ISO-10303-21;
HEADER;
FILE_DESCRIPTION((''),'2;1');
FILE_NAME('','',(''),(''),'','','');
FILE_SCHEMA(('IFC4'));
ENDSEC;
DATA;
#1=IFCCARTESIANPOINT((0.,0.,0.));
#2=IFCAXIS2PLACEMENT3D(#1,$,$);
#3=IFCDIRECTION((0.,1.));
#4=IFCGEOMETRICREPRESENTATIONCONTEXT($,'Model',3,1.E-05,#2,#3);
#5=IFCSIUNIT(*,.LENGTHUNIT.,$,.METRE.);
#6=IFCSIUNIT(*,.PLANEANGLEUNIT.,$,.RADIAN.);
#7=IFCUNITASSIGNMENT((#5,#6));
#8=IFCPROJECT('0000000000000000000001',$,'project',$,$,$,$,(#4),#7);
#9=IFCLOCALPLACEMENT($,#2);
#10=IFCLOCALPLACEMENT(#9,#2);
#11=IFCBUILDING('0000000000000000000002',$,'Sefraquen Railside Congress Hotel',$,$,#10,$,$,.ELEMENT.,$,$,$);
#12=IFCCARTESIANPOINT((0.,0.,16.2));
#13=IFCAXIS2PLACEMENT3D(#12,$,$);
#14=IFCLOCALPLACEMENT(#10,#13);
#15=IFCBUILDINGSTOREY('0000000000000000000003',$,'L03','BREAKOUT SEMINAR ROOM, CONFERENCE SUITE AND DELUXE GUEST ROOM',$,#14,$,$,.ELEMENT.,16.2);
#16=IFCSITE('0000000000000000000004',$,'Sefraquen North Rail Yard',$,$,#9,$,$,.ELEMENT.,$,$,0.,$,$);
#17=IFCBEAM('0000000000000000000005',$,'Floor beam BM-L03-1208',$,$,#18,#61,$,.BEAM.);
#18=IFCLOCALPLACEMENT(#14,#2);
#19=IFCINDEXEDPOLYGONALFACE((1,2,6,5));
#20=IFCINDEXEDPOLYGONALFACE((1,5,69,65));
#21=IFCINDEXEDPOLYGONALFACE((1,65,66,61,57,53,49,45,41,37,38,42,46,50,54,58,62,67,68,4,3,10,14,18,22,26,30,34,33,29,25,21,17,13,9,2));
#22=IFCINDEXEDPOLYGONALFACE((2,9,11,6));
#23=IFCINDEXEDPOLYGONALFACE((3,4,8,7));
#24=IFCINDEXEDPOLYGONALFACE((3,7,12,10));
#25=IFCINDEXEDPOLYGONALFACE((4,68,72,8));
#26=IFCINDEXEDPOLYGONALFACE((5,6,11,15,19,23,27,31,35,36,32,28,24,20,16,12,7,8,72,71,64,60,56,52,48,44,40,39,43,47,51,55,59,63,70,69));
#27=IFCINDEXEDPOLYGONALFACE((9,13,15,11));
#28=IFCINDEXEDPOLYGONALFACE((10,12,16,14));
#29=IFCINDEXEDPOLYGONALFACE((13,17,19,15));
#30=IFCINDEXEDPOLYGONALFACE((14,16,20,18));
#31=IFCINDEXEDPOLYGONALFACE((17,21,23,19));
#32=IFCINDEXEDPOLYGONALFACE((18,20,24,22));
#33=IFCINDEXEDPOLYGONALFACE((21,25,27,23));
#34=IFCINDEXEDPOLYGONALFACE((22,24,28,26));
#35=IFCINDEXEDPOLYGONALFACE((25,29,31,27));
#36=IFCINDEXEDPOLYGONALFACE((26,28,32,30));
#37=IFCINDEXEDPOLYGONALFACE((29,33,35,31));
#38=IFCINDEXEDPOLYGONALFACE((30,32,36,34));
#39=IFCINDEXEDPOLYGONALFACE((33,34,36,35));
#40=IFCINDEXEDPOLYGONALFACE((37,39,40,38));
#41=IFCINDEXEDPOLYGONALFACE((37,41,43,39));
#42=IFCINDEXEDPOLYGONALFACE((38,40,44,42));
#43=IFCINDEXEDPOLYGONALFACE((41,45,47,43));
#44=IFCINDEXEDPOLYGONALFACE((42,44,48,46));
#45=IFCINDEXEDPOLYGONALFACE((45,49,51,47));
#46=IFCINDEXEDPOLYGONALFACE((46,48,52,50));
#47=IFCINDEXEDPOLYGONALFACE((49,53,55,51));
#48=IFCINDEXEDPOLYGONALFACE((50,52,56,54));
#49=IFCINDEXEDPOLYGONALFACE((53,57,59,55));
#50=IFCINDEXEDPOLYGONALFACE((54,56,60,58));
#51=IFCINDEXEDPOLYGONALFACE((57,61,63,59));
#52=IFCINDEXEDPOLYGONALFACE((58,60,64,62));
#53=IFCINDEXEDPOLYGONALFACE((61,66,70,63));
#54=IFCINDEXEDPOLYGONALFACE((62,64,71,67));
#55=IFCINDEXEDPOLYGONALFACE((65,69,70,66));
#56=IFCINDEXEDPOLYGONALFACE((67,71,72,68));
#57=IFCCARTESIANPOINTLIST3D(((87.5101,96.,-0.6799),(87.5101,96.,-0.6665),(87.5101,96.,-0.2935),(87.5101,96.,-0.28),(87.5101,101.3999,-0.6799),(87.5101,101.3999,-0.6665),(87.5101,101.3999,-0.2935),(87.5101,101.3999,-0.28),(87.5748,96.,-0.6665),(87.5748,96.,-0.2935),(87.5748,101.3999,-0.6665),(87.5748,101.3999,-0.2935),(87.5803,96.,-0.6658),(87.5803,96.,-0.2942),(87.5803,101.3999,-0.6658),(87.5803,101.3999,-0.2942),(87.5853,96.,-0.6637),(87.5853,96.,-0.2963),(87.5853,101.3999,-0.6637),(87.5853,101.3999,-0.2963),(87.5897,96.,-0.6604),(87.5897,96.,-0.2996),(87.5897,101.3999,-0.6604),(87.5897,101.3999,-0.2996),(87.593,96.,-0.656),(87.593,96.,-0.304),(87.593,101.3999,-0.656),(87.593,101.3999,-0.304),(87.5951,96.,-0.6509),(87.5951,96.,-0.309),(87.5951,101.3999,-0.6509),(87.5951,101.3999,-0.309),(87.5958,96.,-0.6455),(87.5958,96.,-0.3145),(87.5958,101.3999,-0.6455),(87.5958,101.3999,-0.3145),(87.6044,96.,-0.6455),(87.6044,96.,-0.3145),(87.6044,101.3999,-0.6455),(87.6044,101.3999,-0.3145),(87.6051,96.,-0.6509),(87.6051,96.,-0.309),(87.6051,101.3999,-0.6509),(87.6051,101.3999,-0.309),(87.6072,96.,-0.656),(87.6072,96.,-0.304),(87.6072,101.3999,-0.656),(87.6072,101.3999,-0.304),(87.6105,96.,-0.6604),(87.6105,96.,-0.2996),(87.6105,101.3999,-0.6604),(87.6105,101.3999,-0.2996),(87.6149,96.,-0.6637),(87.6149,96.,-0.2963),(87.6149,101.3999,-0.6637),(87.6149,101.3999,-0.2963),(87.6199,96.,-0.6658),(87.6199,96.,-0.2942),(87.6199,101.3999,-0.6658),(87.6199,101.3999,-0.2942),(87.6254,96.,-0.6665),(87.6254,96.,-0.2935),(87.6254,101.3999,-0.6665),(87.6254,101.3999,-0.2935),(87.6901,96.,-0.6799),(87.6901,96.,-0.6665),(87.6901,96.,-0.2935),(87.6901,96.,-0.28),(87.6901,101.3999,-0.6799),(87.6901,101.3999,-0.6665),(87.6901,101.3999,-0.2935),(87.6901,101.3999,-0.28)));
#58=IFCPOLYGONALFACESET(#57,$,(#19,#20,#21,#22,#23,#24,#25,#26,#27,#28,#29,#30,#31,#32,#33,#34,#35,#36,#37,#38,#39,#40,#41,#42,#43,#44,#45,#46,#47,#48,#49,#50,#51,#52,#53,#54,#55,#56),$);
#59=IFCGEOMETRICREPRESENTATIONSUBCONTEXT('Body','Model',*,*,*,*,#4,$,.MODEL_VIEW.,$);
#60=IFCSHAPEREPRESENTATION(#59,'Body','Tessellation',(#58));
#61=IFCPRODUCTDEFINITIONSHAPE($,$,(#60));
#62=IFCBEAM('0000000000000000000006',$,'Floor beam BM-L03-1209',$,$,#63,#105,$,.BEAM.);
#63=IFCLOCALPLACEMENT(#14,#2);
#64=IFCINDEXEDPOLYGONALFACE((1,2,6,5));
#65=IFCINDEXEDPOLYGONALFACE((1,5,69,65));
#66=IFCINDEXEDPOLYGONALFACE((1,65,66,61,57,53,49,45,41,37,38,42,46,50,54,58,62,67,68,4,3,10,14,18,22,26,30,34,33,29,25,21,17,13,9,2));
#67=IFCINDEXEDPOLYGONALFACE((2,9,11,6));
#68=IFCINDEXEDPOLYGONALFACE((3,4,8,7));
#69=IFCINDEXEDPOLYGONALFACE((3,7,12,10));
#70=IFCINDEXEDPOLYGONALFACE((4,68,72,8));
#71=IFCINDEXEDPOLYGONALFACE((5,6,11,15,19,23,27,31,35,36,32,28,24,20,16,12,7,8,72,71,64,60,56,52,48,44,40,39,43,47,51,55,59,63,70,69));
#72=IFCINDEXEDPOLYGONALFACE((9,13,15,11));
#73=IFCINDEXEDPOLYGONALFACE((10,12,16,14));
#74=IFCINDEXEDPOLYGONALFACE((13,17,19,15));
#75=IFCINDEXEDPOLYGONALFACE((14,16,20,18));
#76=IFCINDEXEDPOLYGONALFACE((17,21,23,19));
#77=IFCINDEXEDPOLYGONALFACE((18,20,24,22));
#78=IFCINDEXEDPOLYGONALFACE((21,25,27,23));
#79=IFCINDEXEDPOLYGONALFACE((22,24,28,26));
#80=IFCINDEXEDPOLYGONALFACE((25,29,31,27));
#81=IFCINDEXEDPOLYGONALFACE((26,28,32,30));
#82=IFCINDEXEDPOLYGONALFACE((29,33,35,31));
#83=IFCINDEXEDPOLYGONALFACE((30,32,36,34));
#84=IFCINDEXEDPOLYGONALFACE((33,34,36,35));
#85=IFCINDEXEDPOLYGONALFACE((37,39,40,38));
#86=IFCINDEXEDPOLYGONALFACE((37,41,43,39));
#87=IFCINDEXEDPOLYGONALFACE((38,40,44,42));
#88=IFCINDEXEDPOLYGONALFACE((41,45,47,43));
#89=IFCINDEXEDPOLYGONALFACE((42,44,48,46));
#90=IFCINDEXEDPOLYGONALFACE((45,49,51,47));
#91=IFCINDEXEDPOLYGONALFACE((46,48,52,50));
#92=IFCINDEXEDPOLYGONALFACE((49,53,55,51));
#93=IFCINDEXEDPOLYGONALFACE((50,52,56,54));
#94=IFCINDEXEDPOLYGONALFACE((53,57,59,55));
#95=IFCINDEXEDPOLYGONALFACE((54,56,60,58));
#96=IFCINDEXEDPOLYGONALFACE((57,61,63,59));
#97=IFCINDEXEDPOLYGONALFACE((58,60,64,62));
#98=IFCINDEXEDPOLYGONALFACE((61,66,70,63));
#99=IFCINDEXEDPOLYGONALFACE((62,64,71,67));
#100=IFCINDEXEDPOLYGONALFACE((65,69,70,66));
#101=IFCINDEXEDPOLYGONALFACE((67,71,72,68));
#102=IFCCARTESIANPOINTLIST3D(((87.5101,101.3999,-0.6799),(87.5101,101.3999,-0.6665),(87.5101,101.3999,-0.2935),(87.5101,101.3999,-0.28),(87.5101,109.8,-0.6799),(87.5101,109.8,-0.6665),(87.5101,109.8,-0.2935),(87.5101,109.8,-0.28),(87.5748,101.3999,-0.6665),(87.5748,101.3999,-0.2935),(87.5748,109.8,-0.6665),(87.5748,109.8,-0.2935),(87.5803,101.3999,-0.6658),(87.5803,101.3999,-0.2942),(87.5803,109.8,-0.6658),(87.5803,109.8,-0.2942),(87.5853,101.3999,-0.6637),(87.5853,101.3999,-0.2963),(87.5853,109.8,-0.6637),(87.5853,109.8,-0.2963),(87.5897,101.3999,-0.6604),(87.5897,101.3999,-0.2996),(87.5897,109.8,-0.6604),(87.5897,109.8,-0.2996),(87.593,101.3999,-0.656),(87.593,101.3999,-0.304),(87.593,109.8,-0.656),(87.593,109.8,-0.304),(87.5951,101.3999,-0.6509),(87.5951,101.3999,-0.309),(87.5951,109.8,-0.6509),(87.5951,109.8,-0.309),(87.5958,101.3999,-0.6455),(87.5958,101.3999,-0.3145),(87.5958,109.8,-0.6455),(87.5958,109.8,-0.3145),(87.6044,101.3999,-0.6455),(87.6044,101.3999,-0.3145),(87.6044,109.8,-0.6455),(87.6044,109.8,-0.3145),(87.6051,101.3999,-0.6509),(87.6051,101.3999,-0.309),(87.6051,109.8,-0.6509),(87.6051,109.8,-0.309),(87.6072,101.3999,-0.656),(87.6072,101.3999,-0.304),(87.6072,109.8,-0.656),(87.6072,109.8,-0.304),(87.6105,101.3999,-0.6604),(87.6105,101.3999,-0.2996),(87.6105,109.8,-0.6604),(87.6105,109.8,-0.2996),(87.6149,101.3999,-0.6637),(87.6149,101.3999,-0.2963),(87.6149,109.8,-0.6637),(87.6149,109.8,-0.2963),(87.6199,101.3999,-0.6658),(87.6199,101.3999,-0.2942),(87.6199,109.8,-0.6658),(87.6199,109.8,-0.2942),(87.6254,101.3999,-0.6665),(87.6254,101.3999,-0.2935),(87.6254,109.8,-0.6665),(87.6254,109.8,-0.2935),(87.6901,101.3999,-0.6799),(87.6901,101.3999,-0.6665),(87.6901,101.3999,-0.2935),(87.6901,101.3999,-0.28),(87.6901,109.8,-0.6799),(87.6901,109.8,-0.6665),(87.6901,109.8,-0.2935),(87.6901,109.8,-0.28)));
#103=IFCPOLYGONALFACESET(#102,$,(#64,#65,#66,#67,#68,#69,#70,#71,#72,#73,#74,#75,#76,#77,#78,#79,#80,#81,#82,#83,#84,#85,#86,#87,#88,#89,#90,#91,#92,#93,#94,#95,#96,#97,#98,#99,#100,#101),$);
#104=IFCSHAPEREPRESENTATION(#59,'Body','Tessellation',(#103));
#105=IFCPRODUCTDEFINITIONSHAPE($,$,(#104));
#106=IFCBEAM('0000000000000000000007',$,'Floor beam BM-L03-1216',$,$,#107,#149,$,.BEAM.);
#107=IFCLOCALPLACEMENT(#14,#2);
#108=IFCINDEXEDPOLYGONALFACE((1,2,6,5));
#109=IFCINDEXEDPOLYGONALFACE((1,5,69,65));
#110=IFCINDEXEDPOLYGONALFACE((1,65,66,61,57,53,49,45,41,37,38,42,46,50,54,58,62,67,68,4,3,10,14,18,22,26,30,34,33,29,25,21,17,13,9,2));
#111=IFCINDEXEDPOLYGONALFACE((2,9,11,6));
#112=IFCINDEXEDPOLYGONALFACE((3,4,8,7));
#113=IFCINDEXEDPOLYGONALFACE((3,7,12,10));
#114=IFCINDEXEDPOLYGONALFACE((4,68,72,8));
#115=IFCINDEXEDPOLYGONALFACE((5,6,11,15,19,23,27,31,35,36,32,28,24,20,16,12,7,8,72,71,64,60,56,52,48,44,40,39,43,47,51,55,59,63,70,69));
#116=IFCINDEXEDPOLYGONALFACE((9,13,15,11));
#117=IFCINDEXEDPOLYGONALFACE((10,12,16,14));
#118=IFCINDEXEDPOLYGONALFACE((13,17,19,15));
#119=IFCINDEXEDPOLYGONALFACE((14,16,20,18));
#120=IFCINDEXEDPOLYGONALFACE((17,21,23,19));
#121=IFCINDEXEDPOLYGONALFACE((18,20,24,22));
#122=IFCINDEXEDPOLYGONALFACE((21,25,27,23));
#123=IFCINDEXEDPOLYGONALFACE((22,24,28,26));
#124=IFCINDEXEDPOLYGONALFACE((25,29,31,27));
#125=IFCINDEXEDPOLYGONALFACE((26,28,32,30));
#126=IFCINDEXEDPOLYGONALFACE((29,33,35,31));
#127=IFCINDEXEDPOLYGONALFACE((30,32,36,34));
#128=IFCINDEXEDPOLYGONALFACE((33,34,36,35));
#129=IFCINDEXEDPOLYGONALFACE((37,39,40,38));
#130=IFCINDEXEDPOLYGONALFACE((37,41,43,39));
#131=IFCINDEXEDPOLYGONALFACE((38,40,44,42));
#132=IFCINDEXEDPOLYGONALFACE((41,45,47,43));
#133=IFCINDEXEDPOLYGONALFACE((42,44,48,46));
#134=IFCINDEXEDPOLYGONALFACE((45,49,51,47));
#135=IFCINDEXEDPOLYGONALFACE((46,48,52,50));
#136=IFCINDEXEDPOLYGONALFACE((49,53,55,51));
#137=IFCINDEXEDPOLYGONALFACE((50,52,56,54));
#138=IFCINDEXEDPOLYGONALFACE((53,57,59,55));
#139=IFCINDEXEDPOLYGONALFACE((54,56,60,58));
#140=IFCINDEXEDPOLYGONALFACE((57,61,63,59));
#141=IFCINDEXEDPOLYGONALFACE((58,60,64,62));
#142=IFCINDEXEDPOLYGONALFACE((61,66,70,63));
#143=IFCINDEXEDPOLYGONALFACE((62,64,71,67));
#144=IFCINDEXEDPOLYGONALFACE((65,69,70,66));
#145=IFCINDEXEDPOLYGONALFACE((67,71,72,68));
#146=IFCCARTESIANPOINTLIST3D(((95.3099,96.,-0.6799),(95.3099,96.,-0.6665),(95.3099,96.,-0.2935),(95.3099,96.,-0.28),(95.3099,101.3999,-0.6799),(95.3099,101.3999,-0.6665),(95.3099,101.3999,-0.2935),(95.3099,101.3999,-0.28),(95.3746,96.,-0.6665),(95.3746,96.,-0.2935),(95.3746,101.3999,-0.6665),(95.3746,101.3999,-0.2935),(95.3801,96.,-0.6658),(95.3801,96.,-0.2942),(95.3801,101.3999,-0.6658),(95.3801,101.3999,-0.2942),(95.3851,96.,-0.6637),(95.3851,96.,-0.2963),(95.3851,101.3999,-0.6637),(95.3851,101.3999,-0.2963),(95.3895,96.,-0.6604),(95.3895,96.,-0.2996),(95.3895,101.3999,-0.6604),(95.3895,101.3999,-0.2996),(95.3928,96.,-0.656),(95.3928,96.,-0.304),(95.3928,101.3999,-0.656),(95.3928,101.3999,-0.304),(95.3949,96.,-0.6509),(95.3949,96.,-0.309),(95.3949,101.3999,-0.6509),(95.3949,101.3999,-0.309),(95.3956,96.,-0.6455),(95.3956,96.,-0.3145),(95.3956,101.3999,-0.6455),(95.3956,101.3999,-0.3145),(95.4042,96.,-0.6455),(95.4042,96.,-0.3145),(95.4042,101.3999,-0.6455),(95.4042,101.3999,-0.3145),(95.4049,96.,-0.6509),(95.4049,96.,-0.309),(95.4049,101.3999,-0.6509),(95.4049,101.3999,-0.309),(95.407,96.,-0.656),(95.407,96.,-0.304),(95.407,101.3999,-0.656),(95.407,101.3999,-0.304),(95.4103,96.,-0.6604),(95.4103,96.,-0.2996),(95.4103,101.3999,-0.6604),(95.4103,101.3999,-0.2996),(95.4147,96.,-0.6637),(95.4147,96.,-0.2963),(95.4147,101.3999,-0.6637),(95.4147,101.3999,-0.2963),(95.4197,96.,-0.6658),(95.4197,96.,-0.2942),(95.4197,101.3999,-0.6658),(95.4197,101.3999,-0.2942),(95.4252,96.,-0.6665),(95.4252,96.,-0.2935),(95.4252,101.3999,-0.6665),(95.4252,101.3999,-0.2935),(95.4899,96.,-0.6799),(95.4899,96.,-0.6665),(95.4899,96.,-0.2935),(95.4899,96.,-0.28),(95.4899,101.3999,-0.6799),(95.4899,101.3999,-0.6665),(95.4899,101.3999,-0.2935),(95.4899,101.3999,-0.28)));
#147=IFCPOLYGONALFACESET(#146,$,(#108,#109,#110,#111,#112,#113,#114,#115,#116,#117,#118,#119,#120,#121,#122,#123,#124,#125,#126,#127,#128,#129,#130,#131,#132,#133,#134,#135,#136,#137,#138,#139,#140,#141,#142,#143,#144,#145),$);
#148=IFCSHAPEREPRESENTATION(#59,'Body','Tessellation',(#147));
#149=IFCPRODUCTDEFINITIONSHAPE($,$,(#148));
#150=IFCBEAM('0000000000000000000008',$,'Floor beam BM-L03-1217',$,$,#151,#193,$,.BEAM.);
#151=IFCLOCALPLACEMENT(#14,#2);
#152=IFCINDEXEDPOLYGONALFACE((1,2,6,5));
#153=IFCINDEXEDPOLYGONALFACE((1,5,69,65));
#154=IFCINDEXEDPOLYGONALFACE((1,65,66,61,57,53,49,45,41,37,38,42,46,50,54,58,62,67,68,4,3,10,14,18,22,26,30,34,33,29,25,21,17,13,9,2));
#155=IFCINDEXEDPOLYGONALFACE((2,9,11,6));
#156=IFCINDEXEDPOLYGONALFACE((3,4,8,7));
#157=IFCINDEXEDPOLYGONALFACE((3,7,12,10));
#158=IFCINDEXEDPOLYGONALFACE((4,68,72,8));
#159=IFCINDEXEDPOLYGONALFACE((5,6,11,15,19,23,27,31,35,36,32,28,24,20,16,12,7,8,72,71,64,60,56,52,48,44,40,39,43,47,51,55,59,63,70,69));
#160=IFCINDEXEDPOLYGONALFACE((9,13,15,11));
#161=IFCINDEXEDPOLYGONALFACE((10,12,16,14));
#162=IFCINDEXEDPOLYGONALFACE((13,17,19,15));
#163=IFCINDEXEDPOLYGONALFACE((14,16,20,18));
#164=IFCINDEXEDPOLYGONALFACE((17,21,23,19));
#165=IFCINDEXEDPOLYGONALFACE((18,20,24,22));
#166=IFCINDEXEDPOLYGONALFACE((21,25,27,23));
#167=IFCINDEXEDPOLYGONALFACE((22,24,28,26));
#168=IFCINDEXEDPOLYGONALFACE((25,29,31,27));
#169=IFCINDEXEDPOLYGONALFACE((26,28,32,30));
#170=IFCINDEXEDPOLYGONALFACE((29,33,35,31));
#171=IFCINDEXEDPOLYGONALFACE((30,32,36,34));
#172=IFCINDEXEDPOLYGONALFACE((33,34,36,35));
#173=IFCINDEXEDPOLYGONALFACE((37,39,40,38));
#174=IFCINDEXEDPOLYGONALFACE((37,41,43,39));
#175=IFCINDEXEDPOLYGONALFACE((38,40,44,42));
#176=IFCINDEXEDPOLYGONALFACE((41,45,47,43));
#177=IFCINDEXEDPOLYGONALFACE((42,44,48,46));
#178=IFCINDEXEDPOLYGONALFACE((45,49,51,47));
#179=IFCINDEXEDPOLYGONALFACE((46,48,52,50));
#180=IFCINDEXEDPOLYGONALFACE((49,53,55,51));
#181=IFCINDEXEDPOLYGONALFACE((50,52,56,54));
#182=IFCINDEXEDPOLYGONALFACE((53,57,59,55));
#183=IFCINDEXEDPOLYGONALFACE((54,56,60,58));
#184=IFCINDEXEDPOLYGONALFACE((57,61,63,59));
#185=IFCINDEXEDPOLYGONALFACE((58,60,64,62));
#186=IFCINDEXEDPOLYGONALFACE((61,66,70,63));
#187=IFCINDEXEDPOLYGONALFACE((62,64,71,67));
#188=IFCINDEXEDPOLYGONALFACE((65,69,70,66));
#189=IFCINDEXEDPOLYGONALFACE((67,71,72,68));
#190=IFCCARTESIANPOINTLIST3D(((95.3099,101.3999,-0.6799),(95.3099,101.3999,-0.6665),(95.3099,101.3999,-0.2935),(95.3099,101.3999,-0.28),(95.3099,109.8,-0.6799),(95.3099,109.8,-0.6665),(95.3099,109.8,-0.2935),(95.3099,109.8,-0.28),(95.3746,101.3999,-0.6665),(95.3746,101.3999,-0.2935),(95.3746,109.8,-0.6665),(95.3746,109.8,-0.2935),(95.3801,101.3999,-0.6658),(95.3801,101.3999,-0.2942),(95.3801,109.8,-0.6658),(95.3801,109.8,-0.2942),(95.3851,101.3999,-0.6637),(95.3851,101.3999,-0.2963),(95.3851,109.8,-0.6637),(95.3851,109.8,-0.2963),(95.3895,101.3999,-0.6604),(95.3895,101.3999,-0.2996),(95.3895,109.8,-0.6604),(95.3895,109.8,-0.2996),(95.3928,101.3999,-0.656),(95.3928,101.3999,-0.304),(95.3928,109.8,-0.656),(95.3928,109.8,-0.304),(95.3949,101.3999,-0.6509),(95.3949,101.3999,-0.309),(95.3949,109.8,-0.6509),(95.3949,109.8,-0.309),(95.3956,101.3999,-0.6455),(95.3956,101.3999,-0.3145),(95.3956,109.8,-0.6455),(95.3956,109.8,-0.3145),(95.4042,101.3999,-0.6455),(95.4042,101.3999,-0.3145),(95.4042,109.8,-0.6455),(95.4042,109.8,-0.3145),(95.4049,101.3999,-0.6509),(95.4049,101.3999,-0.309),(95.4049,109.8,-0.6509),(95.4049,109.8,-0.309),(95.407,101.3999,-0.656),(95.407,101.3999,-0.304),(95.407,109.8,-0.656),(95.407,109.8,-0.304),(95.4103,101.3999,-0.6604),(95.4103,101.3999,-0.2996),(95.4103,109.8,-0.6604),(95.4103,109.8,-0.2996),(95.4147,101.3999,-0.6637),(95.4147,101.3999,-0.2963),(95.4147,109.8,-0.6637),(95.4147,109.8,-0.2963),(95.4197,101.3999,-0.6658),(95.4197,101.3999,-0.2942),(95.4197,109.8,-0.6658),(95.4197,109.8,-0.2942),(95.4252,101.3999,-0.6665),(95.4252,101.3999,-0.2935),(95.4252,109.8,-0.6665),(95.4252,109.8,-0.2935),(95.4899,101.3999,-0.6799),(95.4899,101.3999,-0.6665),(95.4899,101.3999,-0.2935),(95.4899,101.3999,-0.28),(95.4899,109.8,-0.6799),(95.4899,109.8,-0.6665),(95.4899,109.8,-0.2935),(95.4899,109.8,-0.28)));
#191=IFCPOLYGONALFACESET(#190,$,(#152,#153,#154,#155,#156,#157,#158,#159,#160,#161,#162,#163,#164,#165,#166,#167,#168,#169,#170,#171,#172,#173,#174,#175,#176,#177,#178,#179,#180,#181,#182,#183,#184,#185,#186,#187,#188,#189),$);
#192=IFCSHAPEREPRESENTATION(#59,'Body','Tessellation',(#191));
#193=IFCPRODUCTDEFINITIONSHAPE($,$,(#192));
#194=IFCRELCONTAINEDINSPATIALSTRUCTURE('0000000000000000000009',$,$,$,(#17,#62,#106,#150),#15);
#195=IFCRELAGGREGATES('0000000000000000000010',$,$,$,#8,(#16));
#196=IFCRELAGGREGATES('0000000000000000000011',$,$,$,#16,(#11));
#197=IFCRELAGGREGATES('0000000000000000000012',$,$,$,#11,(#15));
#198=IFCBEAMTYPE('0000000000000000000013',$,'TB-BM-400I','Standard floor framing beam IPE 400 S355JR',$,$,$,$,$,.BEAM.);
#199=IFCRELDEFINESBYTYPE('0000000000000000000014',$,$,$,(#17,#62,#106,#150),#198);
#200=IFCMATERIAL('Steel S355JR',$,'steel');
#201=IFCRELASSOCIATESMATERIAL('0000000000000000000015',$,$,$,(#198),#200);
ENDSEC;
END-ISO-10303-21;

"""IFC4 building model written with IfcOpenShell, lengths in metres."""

from ifc_helpers import new_model, si_unit, direction, frame, origin, origin_2d, place, context, subcontext, project, spatial, i_section, extrude, material, material_profile, profile_set, type_object, element, save


model = new_model("IFC4")

# Units and contexts
model_context = context("Model", 3, precision=1e-05, world=origin(), true_north=direction((0.0, 1.0)))
body_context = subcontext(model_context, "Body", "Model", "MODEL_VIEW")
ifc_project = project(units=[si_unit("LENGTHUNIT", "METRE"), si_unit("PLANEANGLEUNIT", "RADIAN")], contexts=[model_context])

# Site, building, storey
site_placement = place(None, origin())
site = spatial("IfcSite", under=ifc_project, at=site_placement, Name="Sefraquen North Rail Yard", CompositionType="ELEMENT", RefElevation=0.0)
building_placement = place(site_placement, origin())
building = spatial("IfcBuilding", under=site, at=building_placement, Name="Sefraquen Railside Congress Hotel", CompositionType="ELEMENT")
storey_placement = place(building_placement, frame((0.0, 0.0, 16.2)))
storey = spatial("IfcBuildingStorey", under=building, at=storey_placement, Name="L03", Description="BREAKOUT SEMINAR ROOM, CONFERENCE SUITE AND DELUXE GUEST ROOM", CompositionType="ELEMENT", Elevation=16.2)

# Shared definitions
ifc_material_1 = material(Name="Steel S355JR", Category="steel")

# Beams
ifc_material_profile_1 = material_profile(ifc_material_1, i_section(OverallWidth=0.1799, OverallDepth=0.3999, WebThickness=0.0085, FlangeThickness=0.0134, FilletRadius=0.021, at=origin_2d()), Name="IPE 400")
ifc_profile_set_1 = profile_set([ifc_material_profile_1], Name="Steel S355JR")
beam_type_1 = type_object("IfcBeamType", Name="TB-BM-400I", Description="Standard floor framing beam IPE 400 S355JR", PredefinedType="BEAM", material=ifc_profile_set_1)
beam_1_placement = place(storey_placement, frame((87.6001, 96.0, -0.48), z_axis=(0.0, 1.0, 0.0), x_axis=(-1.0, 0.0, 0.0)))
element("IfcBeam", 1, at=beam_1_placement, inside=storey, type_object=beam_type_1, Name="Floor beam BM-L03-1208", PredefinedType="BEAM", context=body_context, shape_type="SweptSolid", body=[
    extrude(i_section(OverallWidth=0.1799, OverallDepth=0.3999, WebThickness=0.0085, FlangeThickness=0.0134, FilletRadius=0.021, at=origin_2d()), origin(), (0.0, 0.0, 1.0), 5.3999),
])
beam_2_placement = place(storey_placement, frame((87.6001, 101.3999, -0.48), z_axis=(0.0, 1.0, 0.0), x_axis=(-1.0, 0.0, 0.0)))
element("IfcBeam", 2, at=beam_2_placement, inside=storey, type_object=beam_type_1, Name="Floor beam BM-L03-1209", PredefinedType="BEAM", context=body_context, shape_type="SweptSolid", body=[
    extrude(i_section(OverallWidth=0.1799, OverallDepth=0.3999, WebThickness=0.0085, FlangeThickness=0.0134, FilletRadius=0.021, at=origin_2d()), origin(), (0.0, 0.0, 1.0), 8.4001),
])
beam_3_placement = place(storey_placement, frame((95.3999, 96.0, -0.48), z_axis=(0.0, 1.0, 0.0), x_axis=(-1.0, 0.0, 0.0)))
element("IfcBeam", 3, at=beam_3_placement, inside=storey, type_object=beam_type_1, Name="Floor beam BM-L03-1216", PredefinedType="BEAM", context=body_context, shape_type="SweptSolid", body=[
    extrude(i_section(OverallWidth=0.1799, OverallDepth=0.3999, WebThickness=0.0085, FlangeThickness=0.0134, FilletRadius=0.021, at=origin_2d()), origin(), (0.0, 0.0, 1.0), 5.3999),
])
beam_4_placement = place(storey_placement, frame((95.3999, 101.3999, -0.48), z_axis=(0.0, 1.0, 0.0), x_axis=(-1.0, 0.0, 0.0)))
element("IfcBeam", 4, at=beam_4_placement, inside=storey, type_object=beam_type_1, Name="Floor beam BM-L03-1217", PredefinedType="BEAM", context=body_context, shape_type="SweptSolid", body=[
    extrude(i_section(OverallWidth=0.1799, OverallDepth=0.3999, WebThickness=0.0085, FlangeThickness=0.0134, FilletRadius=0.021, at=origin_2d()), origin(), (0.0, 0.0, 1.0), 8.4001),
])

save(model, "model.ifc")
